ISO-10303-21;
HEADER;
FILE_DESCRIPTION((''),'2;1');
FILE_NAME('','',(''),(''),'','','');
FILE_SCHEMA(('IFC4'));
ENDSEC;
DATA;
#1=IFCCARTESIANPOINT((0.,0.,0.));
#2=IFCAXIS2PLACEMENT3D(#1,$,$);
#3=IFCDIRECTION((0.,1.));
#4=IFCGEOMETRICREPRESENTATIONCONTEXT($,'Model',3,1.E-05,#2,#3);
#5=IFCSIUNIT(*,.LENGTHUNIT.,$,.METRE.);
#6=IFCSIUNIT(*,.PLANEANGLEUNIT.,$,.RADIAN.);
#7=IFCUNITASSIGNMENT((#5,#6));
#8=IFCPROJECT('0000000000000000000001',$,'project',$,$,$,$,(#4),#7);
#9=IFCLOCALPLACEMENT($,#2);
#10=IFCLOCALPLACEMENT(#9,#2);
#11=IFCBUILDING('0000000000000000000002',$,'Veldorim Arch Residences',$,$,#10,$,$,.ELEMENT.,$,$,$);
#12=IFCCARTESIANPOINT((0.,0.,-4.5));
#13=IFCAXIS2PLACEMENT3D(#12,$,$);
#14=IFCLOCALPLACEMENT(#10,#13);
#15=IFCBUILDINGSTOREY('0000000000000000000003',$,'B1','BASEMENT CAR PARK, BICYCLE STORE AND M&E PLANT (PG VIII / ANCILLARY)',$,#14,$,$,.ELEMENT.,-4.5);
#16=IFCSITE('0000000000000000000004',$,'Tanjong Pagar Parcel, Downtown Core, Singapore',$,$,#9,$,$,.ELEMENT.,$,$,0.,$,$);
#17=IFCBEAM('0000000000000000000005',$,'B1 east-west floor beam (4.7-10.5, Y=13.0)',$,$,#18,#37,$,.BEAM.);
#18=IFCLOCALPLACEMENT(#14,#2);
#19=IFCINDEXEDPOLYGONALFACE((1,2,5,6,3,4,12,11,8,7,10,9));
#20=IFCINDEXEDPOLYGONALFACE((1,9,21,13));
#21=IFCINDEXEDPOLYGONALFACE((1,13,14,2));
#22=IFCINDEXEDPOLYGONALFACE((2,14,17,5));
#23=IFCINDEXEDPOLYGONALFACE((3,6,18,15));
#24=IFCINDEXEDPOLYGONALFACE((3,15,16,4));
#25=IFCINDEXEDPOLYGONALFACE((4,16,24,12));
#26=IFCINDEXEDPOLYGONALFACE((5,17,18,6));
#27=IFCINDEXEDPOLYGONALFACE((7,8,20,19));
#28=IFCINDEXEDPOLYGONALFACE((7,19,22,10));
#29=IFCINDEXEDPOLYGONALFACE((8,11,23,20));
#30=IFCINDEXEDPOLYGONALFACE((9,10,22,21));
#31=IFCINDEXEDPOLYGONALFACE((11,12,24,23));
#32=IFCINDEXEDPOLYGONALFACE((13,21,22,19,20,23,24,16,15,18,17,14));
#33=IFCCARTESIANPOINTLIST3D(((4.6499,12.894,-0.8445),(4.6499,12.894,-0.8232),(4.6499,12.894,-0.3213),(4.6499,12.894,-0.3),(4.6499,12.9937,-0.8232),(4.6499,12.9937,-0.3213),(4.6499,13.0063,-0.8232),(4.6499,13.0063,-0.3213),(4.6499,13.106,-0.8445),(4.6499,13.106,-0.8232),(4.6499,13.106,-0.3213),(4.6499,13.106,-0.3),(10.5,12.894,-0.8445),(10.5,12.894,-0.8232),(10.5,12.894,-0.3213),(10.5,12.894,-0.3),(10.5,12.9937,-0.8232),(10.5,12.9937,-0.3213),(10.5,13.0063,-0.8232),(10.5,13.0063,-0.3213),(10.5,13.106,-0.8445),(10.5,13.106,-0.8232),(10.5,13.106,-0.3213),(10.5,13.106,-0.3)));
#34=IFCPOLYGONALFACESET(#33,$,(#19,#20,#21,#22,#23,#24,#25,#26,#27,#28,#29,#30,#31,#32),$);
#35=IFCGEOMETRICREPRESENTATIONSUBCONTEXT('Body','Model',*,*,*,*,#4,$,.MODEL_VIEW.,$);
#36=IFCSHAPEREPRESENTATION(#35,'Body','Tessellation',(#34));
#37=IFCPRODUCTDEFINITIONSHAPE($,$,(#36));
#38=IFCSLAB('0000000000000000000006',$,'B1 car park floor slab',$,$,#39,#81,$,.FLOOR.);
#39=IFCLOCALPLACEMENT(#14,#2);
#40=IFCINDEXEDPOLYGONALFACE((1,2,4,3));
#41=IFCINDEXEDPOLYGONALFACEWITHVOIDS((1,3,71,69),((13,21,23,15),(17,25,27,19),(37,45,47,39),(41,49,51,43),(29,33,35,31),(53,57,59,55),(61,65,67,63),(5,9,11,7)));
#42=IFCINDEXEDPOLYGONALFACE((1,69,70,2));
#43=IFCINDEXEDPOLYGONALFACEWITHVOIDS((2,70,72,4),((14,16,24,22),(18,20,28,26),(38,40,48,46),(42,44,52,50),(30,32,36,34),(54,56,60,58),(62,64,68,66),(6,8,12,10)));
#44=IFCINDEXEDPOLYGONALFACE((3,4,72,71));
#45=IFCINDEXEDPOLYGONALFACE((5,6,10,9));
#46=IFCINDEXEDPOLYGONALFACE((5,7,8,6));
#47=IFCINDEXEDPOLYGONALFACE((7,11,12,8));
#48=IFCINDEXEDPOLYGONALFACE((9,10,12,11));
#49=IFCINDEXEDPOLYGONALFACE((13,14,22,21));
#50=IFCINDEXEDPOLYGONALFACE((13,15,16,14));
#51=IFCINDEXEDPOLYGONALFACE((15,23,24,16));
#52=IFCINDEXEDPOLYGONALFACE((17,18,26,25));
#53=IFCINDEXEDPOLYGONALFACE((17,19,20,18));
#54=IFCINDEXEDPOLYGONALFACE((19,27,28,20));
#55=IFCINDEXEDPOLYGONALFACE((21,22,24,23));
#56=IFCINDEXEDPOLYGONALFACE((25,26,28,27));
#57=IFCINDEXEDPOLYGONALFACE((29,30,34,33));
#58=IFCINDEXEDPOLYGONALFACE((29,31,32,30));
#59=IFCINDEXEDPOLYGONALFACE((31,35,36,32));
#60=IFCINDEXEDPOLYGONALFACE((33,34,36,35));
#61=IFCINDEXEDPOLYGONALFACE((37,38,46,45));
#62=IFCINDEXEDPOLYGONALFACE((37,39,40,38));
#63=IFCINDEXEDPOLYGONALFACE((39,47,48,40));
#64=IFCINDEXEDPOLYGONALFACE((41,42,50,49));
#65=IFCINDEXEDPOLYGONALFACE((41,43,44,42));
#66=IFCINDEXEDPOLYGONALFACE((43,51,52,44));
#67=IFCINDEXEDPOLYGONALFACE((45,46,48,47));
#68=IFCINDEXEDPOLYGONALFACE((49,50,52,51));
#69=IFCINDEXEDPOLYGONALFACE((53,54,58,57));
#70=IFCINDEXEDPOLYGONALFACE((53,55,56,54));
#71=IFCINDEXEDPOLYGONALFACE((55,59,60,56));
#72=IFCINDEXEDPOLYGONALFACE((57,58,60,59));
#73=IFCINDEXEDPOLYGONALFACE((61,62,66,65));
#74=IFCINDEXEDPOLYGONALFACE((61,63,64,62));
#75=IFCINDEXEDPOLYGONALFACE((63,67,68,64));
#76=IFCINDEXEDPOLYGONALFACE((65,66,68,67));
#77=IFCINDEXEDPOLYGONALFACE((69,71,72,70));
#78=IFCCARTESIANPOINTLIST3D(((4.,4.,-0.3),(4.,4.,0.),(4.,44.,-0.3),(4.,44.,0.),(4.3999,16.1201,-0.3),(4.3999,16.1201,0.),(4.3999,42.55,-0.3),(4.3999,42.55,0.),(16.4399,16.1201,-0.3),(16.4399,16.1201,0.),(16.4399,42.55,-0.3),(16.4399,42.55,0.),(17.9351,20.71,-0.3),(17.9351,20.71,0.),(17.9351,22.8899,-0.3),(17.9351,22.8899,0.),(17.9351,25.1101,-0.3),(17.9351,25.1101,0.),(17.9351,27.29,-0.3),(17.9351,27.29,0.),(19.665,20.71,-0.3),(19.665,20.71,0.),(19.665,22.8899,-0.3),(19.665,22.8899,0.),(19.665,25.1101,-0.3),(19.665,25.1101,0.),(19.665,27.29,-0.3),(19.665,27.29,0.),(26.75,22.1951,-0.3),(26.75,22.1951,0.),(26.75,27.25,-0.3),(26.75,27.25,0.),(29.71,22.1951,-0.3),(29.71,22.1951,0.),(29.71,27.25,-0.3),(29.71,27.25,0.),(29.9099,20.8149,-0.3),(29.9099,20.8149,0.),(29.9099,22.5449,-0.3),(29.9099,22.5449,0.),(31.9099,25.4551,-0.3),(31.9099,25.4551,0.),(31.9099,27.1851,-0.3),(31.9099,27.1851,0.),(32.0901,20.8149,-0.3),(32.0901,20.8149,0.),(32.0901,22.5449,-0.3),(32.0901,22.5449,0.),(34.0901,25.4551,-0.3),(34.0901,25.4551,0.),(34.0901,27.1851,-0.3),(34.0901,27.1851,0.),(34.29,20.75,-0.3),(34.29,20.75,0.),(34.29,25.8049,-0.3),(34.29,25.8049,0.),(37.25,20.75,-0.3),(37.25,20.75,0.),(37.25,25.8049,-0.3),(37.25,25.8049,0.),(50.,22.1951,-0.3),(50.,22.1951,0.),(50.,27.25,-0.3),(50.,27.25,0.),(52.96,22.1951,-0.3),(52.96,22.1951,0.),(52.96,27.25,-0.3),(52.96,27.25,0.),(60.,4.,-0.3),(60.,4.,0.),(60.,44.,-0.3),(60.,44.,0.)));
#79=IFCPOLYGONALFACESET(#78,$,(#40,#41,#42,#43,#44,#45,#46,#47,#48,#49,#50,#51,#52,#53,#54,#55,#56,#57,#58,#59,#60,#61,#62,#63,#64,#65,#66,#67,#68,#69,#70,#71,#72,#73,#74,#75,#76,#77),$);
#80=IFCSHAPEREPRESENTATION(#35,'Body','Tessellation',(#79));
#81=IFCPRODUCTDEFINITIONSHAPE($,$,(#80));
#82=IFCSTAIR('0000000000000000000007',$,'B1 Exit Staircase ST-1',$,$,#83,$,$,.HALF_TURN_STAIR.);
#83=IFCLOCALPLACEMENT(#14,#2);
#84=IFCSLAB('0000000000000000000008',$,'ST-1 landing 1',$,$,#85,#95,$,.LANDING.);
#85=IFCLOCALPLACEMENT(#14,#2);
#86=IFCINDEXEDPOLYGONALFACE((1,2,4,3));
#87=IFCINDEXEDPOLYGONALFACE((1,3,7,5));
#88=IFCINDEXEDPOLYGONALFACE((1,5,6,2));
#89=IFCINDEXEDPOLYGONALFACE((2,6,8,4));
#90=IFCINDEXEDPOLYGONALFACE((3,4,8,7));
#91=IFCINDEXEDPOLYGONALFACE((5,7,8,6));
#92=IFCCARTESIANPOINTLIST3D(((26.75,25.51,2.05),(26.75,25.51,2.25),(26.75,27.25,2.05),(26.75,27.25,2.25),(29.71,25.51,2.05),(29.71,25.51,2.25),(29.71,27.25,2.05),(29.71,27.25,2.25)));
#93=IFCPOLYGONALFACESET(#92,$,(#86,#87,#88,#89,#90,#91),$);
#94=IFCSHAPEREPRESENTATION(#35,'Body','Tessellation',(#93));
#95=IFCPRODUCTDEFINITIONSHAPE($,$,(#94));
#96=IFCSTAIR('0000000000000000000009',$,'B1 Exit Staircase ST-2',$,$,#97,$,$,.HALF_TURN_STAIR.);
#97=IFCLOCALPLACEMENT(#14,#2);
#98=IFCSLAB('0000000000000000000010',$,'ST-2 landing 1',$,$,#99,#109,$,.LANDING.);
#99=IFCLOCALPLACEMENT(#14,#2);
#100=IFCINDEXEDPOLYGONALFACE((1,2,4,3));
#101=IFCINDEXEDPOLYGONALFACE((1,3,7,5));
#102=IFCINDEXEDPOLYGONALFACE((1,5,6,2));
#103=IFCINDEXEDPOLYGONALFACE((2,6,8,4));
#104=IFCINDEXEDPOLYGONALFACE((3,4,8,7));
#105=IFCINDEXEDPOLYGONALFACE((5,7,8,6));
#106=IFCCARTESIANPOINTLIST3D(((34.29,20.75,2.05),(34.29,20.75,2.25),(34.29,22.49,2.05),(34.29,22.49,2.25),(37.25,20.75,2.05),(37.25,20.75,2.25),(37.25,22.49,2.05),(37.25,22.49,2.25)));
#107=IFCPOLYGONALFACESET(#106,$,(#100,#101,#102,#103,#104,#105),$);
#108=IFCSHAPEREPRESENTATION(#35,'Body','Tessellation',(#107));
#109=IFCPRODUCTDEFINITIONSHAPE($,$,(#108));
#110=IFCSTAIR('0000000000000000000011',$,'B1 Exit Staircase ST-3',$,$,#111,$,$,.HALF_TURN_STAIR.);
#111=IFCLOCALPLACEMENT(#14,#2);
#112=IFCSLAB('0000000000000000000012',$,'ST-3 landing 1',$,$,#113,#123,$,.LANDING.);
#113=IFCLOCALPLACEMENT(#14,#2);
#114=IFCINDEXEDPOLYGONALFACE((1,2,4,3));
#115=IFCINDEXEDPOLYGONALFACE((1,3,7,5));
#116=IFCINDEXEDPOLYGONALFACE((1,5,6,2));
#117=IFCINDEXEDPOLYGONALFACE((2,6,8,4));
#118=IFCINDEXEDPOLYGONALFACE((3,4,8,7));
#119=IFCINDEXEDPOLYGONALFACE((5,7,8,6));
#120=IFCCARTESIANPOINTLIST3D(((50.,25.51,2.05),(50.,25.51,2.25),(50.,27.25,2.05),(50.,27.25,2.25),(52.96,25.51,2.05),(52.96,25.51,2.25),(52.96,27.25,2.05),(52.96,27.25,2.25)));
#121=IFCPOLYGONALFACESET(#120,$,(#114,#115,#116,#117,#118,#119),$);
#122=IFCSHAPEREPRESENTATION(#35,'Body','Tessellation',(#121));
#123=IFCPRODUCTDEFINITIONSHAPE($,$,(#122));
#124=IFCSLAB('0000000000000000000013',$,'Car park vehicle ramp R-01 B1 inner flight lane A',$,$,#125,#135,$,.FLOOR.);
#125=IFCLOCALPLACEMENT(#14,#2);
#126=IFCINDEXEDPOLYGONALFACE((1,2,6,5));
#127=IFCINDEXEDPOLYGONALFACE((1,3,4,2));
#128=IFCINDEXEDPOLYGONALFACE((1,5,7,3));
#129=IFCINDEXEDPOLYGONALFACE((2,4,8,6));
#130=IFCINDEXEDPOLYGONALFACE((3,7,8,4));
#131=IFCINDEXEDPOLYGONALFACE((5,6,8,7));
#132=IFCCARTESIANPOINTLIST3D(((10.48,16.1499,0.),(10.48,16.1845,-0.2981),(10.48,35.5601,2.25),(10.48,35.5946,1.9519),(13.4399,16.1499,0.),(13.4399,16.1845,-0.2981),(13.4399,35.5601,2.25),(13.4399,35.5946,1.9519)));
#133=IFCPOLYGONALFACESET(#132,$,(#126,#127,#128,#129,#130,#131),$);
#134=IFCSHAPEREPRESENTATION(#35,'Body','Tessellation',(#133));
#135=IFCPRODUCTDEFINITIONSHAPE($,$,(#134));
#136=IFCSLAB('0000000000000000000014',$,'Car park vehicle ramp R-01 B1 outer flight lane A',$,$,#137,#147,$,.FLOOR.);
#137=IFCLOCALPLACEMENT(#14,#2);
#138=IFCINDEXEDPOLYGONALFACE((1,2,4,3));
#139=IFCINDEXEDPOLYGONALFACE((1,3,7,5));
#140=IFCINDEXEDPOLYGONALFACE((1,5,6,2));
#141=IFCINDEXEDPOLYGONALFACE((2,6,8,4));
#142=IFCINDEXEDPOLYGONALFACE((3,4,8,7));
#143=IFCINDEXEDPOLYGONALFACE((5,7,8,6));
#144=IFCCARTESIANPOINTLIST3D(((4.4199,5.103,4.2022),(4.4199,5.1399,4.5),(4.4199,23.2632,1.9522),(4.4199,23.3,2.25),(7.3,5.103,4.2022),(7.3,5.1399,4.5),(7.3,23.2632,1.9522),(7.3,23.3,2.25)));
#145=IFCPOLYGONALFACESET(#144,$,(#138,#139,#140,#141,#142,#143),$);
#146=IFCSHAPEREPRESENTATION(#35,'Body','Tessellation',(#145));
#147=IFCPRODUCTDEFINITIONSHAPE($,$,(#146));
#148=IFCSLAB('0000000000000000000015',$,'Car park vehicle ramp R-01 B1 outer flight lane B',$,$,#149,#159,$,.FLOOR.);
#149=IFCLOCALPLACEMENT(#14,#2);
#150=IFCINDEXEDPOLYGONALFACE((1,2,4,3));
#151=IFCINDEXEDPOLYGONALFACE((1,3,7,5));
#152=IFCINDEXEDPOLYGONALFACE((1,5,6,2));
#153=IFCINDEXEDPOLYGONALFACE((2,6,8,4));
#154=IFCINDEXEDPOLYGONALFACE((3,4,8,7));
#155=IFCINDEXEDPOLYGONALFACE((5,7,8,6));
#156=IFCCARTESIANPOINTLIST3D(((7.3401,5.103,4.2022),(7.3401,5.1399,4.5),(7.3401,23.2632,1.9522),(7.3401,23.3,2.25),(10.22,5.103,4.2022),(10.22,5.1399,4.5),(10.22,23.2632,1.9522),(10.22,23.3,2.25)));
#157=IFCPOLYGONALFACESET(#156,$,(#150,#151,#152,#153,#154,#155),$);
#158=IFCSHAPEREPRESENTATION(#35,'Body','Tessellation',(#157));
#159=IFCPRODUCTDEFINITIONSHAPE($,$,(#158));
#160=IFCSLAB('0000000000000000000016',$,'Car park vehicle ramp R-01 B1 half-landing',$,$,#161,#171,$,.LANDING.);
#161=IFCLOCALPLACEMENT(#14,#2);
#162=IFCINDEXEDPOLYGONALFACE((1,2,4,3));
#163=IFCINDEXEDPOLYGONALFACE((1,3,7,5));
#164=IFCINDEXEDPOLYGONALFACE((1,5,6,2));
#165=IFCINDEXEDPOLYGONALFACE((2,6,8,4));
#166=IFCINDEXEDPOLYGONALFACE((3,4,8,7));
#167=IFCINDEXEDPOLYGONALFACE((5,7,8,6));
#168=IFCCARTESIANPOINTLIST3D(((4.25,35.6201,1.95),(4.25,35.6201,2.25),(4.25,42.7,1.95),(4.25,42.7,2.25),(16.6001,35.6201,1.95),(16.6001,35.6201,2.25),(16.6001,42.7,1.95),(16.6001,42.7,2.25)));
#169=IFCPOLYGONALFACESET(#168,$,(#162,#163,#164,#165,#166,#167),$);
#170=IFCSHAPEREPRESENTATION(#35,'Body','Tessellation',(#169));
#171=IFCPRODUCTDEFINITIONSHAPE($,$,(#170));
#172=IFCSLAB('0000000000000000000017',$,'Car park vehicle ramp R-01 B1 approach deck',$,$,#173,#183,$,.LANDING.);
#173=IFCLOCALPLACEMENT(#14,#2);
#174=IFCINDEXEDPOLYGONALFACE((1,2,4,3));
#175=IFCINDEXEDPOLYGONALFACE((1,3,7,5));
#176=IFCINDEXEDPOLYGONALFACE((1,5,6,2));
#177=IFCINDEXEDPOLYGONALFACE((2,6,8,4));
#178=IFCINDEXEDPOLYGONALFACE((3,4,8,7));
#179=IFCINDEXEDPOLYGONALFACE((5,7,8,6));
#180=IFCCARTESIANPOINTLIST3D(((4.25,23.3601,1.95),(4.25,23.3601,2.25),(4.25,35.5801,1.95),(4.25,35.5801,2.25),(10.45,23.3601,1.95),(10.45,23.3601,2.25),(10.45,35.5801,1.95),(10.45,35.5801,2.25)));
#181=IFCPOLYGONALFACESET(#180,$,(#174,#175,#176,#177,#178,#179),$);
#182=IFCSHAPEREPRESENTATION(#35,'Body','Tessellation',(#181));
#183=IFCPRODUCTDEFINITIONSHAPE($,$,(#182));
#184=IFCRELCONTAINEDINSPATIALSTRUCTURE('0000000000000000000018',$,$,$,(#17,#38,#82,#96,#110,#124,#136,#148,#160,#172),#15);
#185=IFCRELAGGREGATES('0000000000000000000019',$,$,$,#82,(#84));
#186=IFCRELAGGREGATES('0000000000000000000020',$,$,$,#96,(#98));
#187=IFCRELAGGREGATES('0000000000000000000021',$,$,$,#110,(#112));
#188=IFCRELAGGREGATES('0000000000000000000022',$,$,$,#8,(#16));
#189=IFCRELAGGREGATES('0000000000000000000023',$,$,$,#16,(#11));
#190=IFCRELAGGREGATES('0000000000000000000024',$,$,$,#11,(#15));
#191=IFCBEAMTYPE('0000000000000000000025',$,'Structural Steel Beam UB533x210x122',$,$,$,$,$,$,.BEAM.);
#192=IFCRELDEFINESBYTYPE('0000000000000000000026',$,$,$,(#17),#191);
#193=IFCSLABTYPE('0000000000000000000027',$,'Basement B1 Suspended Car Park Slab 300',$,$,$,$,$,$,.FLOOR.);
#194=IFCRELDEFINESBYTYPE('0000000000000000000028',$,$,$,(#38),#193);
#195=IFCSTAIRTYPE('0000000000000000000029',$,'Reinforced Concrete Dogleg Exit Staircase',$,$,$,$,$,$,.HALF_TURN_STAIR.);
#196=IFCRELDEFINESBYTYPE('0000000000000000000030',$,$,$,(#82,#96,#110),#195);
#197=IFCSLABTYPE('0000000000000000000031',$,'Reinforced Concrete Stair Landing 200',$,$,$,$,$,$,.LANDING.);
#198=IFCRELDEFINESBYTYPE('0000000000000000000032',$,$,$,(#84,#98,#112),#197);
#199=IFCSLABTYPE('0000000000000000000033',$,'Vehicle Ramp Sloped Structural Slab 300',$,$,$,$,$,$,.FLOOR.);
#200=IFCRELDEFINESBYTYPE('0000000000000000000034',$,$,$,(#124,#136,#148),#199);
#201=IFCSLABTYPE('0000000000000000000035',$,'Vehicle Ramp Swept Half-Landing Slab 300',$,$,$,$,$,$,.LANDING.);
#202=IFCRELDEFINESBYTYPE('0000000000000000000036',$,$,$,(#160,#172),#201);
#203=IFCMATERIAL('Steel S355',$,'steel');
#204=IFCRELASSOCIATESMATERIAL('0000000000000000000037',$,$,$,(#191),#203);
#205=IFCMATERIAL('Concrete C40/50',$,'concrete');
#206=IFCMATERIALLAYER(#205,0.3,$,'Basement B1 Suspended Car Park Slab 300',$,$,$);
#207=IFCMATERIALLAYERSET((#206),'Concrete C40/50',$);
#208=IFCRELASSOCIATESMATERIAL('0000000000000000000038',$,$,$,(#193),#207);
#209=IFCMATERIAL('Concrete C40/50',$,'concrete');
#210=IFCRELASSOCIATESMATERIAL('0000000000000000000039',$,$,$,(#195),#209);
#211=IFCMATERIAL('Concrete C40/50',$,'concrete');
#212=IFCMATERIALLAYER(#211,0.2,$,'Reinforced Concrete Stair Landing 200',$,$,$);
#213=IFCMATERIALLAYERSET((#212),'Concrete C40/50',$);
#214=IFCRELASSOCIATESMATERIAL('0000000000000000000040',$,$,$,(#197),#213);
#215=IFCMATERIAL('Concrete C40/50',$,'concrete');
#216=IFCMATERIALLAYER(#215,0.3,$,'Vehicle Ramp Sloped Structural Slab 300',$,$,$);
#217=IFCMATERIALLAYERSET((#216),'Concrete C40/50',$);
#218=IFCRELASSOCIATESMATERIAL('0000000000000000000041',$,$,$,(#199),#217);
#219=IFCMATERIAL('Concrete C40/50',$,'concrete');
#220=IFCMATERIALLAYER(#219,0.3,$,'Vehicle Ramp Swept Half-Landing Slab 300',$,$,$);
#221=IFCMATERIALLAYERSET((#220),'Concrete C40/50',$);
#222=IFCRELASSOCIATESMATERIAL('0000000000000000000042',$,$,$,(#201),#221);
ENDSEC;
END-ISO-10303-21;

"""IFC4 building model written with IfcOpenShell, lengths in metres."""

from ifc_helpers import new_model, si_unit, direction, frame, origin, origin_2d, place, context, subcontext, project, spatial, polyline, i_section, outline, extrude, material, layer, layer_set, material_profile, profile_set, type_object, element, aggregate, save


model = new_model("IFC4")

# Units and contexts
model_context = context("Model", 3, precision=1e-05, world=origin(), true_north=direction((0.0, 1.0)))
body_context = subcontext(model_context, "Body", "Model", "MODEL_VIEW")
ifc_project = project(units=[si_unit("LENGTHUNIT", "METRE"), si_unit("PLANEANGLEUNIT", "RADIAN")], contexts=[model_context])

# Site, building, storey
site_placement = place(None, origin())
site = spatial("IfcSite", under=ifc_project, at=site_placement, Name="Tanjong Pagar Parcel, Downtown Core, Singapore", CompositionType="ELEMENT", RefElevation=0.0)
building_placement = place(site_placement, origin())
building = spatial("IfcBuilding", under=site, at=building_placement, Name="Veldorim Arch Residences", CompositionType="ELEMENT")
storey_placement = place(building_placement, frame((0.0, 0.0, -4.5)))
storey = spatial("IfcBuildingStorey", under=building, at=storey_placement, Name="B1", Description="BASEMENT CAR PARK, BICYCLE STORE AND M&E PLANT (PG VIII / ANCILLARY)", CompositionType="ELEMENT", Elevation=-4.5)

# Beam
ifc_material_1 = material(Name="Steel S355", Category="steel")
ifc_material_profile_1 = material_profile(ifc_material_1, i_section(OverallWidth=0.2119, OverallDepth=0.5444, WebThickness=0.0127, FlangeThickness=0.0212, at=origin_2d()), Name="UB533x210x122")
ifc_profile_set_1 = profile_set([ifc_material_profile_1], Name="Steel S355")
beam_type_1 = type_object("IfcBeamType", Name="Structural Steel Beam UB533x210x122", PredefinedType="BEAM", material=ifc_profile_set_1)
beam_1_placement = place(storey_placement, frame((4.6499, 13.0, -0.5723), z_axis=(1.0, 0.0, 0.0), x_axis=(0.0, 1.0, 0.0)))
element("IfcBeam", 1, at=beam_1_placement, inside=storey, type_object=beam_type_1, Name="B1 east-west floor beam (4.7-10.5, Y=13.0)", PredefinedType="BEAM", context=body_context, shape_type="SweptSolid", body=[
    extrude(i_section(OverallWidth=0.2119, OverallDepth=0.5444, WebThickness=0.0127, FlangeThickness=0.0212, at=origin_2d()), origin(), (0.0, 0.0, 1.0), 5.8501),
])

# Slab
ifc_material_2 = material(Name="Concrete C40/50", Category="concrete")
ifc_layer_1 = layer(ifc_material_2, 0.3, Name="Basement B1 Suspended Car Park Slab 300")
ifc_layer_set_1 = layer_set([ifc_layer_1], Name="Concrete C40/50")
slab_type_1 = type_object("IfcSlabType", Name="Basement B1 Suspended Car Park Slab 300", PredefinedType="FLOOR", material=ifc_layer_set_1)
slab_1_placement = place(storey_placement, frame((0.0, 0.0, -0.3)))
element("IfcSlab", 2, at=slab_1_placement, inside=storey, type_object=slab_type_1, Name="B1 car park floor slab", PredefinedType="FLOOR", context=body_context, shape_type="SweptSolid", body=[
    extrude(outline(polyline([(4.0, 4.0), (60.0, 4.0), (60.0, 44.0), (4.0, 44.0), (4.0, 4.0)]), holes=[polyline([(29.9099, 20.8149), (29.9099, 22.5449), (32.0901, 22.5449), (32.0901, 20.8149), (29.9099, 20.8149)]), polyline([(17.9351, 20.71), (17.9351, 22.8899), (19.665, 22.8899), (19.665, 20.71), (17.9351, 20.71)]), polyline([(34.29, 20.75), (34.29, 25.8049), (37.25, 25.8049), (37.25, 20.75), (34.29, 20.75)]), polyline([(26.75, 22.1951), (26.75, 27.25), (29.71, 27.25), (29.71, 22.1951), (26.75, 22.1951)]), polyline([(50.0, 22.1951), (50.0, 27.25), (52.96, 27.25), (52.96, 22.1951), (50.0, 22.1951)]), polyline([(17.9351, 25.1101), (17.9351, 27.29), (19.665, 27.29), (19.665, 25.1101), (17.9351, 25.1101)]), polyline([(31.9099, 25.4551), (31.9099, 27.1851), (34.0901, 27.1851), (34.0901, 25.4551), (31.9099, 25.4551)]), polyline([(4.3999, 16.1201), (4.3999, 42.55), (16.4399, 42.55), (16.4399, 16.1201), (4.3999, 16.1201)])]), origin(), (0.0, 0.0, 1.0), 0.3),
])

# Stairs, slabs
ifc_material_3 = material(Name="Concrete C40/50", Category="concrete")
stair_type = type_object("IfcStairType", Name="Reinforced Concrete Dogleg Exit Staircase", PredefinedType="HALF_TURN_STAIR", material=ifc_material_3)
stair_1_placement = place(storey_placement, origin())
stair_1 = element("IfcStair", 3, at=stair_1_placement, inside=storey, type_object=stair_type, Name="B1 Exit Staircase ST-1", PredefinedType="HALF_TURN_STAIR")
ifc_material_4 = material(Name="Concrete C40/50", Category="concrete")
ifc_layer_2 = layer(ifc_material_4, 0.2, Name="Reinforced Concrete Stair Landing 200")
ifc_layer_set_2 = layer_set([ifc_layer_2], Name="Concrete C40/50")
slab_type_2 = type_object("IfcSlabType", Name="Reinforced Concrete Stair Landing 200", PredefinedType="LANDING", material=ifc_layer_set_2)
slab_2_placement = place(storey_placement, frame((0.0, 0.0, 2.05)))
slab_2 = element("IfcSlab", 4, at=slab_2_placement, type_object=slab_type_2, Name="ST-1 landing 1", PredefinedType="LANDING", context=body_context, shape_type="SweptSolid", body=[
    extrude(outline(polyline([(29.71, 25.51), (29.71, 27.25), (26.75, 27.25), (26.75, 25.51), (29.71, 25.51)])), origin(), (0.0, 0.0, 1.0), 0.2),
])
aggregate(stair_1, [slab_2])
stair_2_placement = place(storey_placement, origin())
stair_2 = element("IfcStair", 5, at=stair_2_placement, inside=storey, type_object=stair_type, Name="B1 Exit Staircase ST-2", PredefinedType="HALF_TURN_STAIR")
slab_3_placement = place(storey_placement, frame((0.0, 0.0, 2.05)))
slab_3 = element("IfcSlab", 6, at=slab_3_placement, type_object=slab_type_2, Name="ST-2 landing 1", PredefinedType="LANDING", context=body_context, shape_type="SweptSolid", body=[
    extrude(outline(polyline([(34.29, 22.49), (34.29, 20.75), (37.25, 20.75), (37.25, 22.49), (34.29, 22.49)])), origin(), (0.0, 0.0, 1.0), 0.2),
])
aggregate(stair_2, [slab_3])
stair_3_placement = place(storey_placement, origin())
stair_3 = element("IfcStair", 7, at=stair_3_placement, inside=storey, type_object=stair_type, Name="B1 Exit Staircase ST-3", PredefinedType="HALF_TURN_STAIR")
slab_4_placement = place(storey_placement, frame((0.0, 0.0, 2.05)))
slab_4 = element("IfcSlab", 8, at=slab_4_placement, type_object=slab_type_2, Name="ST-3 landing 1", PredefinedType="LANDING", context=body_context, shape_type="SweptSolid", body=[
    extrude(outline(polyline([(52.96, 25.51), (52.96, 27.25), (50.0, 27.25), (50.0, 25.51), (52.96, 25.51)])), origin(), (0.0, 0.0, 1.0), 0.2),
])
aggregate(stair_3, [slab_4])

# Slabs
ifc_material_5 = material(Name="Concrete C40/50", Category="concrete")
ifc_layer_3 = layer(ifc_material_5, 0.3, Name="Vehicle Ramp Sloped Structural Slab 300")
ifc_layer_set_3 = layer_set([ifc_layer_3], Name="Concrete C40/50")
slab_type_3 = type_object("IfcSlabType", Name="Vehicle Ramp Sloped Structural Slab 300", PredefinedType="FLOOR", material=ifc_layer_set_3)
slab_5_placement = place(storey_placement, frame((10.48, 16.1499, 0.0), z_axis=(0.0, -0.115148, 0.993348), x_axis=(1.0, 0.0, 0.0)))
element("IfcSlab", 9, at=slab_5_placement, inside=storey, type_object=slab_type_3, Name="Car park vehicle ramp R-01 B1 inner flight lane A", PredefinedType="FLOOR", context=body_context, shape_type="SweptSolid", body=[
    extrude(outline(polyline([(0.0, 0.0), (2.96, 0.0), (2.96, 19.5401), (0.0, 19.5401), (0.0, 0.0)])), origin(), (0.0, 0.0, -1.0), 0.3),
])
slab_6_placement = place(storey_placement, frame((4.4199, 5.1399, 4.5), z_axis=(0.0, 0.122957, 0.992412), x_axis=(1.0, 0.0, 0.0)))
element("IfcSlab", 10, at=slab_6_placement, inside=storey, type_object=slab_type_3, Name="Car park vehicle ramp R-01 B1 outer flight lane A", PredefinedType="FLOOR", context=body_context, shape_type="SweptSolid", body=[
    extrude(outline(polyline([(0.0, 0.0), (2.8801, 0.0), (2.8801, 18.299), (0.0, 18.299), (0.0, 0.0)])), origin(), (0.0, 0.0, -1.0), 0.3),
])
slab_7_placement = place(storey_placement, frame((7.3401, 5.1399, 4.5), z_axis=(0.0, 0.122957, 0.992412), x_axis=(1.0, 0.0, 0.0)))
element("IfcSlab", 11, at=slab_7_placement, inside=storey, type_object=slab_type_3, Name="Car park vehicle ramp R-01 B1 outer flight lane B", PredefinedType="FLOOR", context=body_context, shape_type="SweptSolid", body=[
    extrude(outline(polyline([(0.0, 0.0), (2.8799, 0.0), (2.8799, 18.299), (0.0, 18.299), (0.0, 0.0)])), origin(), (0.0, 0.0, -1.0), 0.3),
])
ifc_material_6 = material(Name="Concrete C40/50", Category="concrete")
ifc_layer_4 = layer(ifc_material_6, 0.3, Name="Vehicle Ramp Swept Half-Landing Slab 300")
ifc_layer_set_4 = layer_set([ifc_layer_4], Name="Concrete C40/50")
slab_type_4 = type_object("IfcSlabType", Name="Vehicle Ramp Swept Half-Landing Slab 300", PredefinedType="LANDING", material=ifc_layer_set_4)
slab_8_placement = place(storey_placement, frame((0.0, 0.0, 1.95)))
element("IfcSlab", 12, at=slab_8_placement, inside=storey, type_object=slab_type_4, Name="Car park vehicle ramp R-01 B1 half-landing", PredefinedType="LANDING", context=body_context, shape_type="SweptSolid", body=[
    extrude(outline(polyline([(4.25, 35.6201), (16.6001, 35.6201), (16.6001, 42.7), (4.25, 42.7), (4.25, 35.6201)])), origin(), (0.0, 0.0, 1.0), 0.3),
])
slab_9_placement = place(storey_placement, frame((0.0, 0.0, 1.95)))
element("IfcSlab", 13, at=slab_9_placement, inside=storey, type_object=slab_type_4, Name="Car park vehicle ramp R-01 B1 approach deck", PredefinedType="LANDING", context=body_context, shape_type="SweptSolid", body=[
    extrude(outline(polyline([(4.25, 23.3601), (10.45, 23.3601), (10.45, 35.5801), (4.25, 35.5801), (4.25, 23.3601)])), origin(), (0.0, 0.0, 1.0), 0.3),
])

save(model, "model.ifc")
